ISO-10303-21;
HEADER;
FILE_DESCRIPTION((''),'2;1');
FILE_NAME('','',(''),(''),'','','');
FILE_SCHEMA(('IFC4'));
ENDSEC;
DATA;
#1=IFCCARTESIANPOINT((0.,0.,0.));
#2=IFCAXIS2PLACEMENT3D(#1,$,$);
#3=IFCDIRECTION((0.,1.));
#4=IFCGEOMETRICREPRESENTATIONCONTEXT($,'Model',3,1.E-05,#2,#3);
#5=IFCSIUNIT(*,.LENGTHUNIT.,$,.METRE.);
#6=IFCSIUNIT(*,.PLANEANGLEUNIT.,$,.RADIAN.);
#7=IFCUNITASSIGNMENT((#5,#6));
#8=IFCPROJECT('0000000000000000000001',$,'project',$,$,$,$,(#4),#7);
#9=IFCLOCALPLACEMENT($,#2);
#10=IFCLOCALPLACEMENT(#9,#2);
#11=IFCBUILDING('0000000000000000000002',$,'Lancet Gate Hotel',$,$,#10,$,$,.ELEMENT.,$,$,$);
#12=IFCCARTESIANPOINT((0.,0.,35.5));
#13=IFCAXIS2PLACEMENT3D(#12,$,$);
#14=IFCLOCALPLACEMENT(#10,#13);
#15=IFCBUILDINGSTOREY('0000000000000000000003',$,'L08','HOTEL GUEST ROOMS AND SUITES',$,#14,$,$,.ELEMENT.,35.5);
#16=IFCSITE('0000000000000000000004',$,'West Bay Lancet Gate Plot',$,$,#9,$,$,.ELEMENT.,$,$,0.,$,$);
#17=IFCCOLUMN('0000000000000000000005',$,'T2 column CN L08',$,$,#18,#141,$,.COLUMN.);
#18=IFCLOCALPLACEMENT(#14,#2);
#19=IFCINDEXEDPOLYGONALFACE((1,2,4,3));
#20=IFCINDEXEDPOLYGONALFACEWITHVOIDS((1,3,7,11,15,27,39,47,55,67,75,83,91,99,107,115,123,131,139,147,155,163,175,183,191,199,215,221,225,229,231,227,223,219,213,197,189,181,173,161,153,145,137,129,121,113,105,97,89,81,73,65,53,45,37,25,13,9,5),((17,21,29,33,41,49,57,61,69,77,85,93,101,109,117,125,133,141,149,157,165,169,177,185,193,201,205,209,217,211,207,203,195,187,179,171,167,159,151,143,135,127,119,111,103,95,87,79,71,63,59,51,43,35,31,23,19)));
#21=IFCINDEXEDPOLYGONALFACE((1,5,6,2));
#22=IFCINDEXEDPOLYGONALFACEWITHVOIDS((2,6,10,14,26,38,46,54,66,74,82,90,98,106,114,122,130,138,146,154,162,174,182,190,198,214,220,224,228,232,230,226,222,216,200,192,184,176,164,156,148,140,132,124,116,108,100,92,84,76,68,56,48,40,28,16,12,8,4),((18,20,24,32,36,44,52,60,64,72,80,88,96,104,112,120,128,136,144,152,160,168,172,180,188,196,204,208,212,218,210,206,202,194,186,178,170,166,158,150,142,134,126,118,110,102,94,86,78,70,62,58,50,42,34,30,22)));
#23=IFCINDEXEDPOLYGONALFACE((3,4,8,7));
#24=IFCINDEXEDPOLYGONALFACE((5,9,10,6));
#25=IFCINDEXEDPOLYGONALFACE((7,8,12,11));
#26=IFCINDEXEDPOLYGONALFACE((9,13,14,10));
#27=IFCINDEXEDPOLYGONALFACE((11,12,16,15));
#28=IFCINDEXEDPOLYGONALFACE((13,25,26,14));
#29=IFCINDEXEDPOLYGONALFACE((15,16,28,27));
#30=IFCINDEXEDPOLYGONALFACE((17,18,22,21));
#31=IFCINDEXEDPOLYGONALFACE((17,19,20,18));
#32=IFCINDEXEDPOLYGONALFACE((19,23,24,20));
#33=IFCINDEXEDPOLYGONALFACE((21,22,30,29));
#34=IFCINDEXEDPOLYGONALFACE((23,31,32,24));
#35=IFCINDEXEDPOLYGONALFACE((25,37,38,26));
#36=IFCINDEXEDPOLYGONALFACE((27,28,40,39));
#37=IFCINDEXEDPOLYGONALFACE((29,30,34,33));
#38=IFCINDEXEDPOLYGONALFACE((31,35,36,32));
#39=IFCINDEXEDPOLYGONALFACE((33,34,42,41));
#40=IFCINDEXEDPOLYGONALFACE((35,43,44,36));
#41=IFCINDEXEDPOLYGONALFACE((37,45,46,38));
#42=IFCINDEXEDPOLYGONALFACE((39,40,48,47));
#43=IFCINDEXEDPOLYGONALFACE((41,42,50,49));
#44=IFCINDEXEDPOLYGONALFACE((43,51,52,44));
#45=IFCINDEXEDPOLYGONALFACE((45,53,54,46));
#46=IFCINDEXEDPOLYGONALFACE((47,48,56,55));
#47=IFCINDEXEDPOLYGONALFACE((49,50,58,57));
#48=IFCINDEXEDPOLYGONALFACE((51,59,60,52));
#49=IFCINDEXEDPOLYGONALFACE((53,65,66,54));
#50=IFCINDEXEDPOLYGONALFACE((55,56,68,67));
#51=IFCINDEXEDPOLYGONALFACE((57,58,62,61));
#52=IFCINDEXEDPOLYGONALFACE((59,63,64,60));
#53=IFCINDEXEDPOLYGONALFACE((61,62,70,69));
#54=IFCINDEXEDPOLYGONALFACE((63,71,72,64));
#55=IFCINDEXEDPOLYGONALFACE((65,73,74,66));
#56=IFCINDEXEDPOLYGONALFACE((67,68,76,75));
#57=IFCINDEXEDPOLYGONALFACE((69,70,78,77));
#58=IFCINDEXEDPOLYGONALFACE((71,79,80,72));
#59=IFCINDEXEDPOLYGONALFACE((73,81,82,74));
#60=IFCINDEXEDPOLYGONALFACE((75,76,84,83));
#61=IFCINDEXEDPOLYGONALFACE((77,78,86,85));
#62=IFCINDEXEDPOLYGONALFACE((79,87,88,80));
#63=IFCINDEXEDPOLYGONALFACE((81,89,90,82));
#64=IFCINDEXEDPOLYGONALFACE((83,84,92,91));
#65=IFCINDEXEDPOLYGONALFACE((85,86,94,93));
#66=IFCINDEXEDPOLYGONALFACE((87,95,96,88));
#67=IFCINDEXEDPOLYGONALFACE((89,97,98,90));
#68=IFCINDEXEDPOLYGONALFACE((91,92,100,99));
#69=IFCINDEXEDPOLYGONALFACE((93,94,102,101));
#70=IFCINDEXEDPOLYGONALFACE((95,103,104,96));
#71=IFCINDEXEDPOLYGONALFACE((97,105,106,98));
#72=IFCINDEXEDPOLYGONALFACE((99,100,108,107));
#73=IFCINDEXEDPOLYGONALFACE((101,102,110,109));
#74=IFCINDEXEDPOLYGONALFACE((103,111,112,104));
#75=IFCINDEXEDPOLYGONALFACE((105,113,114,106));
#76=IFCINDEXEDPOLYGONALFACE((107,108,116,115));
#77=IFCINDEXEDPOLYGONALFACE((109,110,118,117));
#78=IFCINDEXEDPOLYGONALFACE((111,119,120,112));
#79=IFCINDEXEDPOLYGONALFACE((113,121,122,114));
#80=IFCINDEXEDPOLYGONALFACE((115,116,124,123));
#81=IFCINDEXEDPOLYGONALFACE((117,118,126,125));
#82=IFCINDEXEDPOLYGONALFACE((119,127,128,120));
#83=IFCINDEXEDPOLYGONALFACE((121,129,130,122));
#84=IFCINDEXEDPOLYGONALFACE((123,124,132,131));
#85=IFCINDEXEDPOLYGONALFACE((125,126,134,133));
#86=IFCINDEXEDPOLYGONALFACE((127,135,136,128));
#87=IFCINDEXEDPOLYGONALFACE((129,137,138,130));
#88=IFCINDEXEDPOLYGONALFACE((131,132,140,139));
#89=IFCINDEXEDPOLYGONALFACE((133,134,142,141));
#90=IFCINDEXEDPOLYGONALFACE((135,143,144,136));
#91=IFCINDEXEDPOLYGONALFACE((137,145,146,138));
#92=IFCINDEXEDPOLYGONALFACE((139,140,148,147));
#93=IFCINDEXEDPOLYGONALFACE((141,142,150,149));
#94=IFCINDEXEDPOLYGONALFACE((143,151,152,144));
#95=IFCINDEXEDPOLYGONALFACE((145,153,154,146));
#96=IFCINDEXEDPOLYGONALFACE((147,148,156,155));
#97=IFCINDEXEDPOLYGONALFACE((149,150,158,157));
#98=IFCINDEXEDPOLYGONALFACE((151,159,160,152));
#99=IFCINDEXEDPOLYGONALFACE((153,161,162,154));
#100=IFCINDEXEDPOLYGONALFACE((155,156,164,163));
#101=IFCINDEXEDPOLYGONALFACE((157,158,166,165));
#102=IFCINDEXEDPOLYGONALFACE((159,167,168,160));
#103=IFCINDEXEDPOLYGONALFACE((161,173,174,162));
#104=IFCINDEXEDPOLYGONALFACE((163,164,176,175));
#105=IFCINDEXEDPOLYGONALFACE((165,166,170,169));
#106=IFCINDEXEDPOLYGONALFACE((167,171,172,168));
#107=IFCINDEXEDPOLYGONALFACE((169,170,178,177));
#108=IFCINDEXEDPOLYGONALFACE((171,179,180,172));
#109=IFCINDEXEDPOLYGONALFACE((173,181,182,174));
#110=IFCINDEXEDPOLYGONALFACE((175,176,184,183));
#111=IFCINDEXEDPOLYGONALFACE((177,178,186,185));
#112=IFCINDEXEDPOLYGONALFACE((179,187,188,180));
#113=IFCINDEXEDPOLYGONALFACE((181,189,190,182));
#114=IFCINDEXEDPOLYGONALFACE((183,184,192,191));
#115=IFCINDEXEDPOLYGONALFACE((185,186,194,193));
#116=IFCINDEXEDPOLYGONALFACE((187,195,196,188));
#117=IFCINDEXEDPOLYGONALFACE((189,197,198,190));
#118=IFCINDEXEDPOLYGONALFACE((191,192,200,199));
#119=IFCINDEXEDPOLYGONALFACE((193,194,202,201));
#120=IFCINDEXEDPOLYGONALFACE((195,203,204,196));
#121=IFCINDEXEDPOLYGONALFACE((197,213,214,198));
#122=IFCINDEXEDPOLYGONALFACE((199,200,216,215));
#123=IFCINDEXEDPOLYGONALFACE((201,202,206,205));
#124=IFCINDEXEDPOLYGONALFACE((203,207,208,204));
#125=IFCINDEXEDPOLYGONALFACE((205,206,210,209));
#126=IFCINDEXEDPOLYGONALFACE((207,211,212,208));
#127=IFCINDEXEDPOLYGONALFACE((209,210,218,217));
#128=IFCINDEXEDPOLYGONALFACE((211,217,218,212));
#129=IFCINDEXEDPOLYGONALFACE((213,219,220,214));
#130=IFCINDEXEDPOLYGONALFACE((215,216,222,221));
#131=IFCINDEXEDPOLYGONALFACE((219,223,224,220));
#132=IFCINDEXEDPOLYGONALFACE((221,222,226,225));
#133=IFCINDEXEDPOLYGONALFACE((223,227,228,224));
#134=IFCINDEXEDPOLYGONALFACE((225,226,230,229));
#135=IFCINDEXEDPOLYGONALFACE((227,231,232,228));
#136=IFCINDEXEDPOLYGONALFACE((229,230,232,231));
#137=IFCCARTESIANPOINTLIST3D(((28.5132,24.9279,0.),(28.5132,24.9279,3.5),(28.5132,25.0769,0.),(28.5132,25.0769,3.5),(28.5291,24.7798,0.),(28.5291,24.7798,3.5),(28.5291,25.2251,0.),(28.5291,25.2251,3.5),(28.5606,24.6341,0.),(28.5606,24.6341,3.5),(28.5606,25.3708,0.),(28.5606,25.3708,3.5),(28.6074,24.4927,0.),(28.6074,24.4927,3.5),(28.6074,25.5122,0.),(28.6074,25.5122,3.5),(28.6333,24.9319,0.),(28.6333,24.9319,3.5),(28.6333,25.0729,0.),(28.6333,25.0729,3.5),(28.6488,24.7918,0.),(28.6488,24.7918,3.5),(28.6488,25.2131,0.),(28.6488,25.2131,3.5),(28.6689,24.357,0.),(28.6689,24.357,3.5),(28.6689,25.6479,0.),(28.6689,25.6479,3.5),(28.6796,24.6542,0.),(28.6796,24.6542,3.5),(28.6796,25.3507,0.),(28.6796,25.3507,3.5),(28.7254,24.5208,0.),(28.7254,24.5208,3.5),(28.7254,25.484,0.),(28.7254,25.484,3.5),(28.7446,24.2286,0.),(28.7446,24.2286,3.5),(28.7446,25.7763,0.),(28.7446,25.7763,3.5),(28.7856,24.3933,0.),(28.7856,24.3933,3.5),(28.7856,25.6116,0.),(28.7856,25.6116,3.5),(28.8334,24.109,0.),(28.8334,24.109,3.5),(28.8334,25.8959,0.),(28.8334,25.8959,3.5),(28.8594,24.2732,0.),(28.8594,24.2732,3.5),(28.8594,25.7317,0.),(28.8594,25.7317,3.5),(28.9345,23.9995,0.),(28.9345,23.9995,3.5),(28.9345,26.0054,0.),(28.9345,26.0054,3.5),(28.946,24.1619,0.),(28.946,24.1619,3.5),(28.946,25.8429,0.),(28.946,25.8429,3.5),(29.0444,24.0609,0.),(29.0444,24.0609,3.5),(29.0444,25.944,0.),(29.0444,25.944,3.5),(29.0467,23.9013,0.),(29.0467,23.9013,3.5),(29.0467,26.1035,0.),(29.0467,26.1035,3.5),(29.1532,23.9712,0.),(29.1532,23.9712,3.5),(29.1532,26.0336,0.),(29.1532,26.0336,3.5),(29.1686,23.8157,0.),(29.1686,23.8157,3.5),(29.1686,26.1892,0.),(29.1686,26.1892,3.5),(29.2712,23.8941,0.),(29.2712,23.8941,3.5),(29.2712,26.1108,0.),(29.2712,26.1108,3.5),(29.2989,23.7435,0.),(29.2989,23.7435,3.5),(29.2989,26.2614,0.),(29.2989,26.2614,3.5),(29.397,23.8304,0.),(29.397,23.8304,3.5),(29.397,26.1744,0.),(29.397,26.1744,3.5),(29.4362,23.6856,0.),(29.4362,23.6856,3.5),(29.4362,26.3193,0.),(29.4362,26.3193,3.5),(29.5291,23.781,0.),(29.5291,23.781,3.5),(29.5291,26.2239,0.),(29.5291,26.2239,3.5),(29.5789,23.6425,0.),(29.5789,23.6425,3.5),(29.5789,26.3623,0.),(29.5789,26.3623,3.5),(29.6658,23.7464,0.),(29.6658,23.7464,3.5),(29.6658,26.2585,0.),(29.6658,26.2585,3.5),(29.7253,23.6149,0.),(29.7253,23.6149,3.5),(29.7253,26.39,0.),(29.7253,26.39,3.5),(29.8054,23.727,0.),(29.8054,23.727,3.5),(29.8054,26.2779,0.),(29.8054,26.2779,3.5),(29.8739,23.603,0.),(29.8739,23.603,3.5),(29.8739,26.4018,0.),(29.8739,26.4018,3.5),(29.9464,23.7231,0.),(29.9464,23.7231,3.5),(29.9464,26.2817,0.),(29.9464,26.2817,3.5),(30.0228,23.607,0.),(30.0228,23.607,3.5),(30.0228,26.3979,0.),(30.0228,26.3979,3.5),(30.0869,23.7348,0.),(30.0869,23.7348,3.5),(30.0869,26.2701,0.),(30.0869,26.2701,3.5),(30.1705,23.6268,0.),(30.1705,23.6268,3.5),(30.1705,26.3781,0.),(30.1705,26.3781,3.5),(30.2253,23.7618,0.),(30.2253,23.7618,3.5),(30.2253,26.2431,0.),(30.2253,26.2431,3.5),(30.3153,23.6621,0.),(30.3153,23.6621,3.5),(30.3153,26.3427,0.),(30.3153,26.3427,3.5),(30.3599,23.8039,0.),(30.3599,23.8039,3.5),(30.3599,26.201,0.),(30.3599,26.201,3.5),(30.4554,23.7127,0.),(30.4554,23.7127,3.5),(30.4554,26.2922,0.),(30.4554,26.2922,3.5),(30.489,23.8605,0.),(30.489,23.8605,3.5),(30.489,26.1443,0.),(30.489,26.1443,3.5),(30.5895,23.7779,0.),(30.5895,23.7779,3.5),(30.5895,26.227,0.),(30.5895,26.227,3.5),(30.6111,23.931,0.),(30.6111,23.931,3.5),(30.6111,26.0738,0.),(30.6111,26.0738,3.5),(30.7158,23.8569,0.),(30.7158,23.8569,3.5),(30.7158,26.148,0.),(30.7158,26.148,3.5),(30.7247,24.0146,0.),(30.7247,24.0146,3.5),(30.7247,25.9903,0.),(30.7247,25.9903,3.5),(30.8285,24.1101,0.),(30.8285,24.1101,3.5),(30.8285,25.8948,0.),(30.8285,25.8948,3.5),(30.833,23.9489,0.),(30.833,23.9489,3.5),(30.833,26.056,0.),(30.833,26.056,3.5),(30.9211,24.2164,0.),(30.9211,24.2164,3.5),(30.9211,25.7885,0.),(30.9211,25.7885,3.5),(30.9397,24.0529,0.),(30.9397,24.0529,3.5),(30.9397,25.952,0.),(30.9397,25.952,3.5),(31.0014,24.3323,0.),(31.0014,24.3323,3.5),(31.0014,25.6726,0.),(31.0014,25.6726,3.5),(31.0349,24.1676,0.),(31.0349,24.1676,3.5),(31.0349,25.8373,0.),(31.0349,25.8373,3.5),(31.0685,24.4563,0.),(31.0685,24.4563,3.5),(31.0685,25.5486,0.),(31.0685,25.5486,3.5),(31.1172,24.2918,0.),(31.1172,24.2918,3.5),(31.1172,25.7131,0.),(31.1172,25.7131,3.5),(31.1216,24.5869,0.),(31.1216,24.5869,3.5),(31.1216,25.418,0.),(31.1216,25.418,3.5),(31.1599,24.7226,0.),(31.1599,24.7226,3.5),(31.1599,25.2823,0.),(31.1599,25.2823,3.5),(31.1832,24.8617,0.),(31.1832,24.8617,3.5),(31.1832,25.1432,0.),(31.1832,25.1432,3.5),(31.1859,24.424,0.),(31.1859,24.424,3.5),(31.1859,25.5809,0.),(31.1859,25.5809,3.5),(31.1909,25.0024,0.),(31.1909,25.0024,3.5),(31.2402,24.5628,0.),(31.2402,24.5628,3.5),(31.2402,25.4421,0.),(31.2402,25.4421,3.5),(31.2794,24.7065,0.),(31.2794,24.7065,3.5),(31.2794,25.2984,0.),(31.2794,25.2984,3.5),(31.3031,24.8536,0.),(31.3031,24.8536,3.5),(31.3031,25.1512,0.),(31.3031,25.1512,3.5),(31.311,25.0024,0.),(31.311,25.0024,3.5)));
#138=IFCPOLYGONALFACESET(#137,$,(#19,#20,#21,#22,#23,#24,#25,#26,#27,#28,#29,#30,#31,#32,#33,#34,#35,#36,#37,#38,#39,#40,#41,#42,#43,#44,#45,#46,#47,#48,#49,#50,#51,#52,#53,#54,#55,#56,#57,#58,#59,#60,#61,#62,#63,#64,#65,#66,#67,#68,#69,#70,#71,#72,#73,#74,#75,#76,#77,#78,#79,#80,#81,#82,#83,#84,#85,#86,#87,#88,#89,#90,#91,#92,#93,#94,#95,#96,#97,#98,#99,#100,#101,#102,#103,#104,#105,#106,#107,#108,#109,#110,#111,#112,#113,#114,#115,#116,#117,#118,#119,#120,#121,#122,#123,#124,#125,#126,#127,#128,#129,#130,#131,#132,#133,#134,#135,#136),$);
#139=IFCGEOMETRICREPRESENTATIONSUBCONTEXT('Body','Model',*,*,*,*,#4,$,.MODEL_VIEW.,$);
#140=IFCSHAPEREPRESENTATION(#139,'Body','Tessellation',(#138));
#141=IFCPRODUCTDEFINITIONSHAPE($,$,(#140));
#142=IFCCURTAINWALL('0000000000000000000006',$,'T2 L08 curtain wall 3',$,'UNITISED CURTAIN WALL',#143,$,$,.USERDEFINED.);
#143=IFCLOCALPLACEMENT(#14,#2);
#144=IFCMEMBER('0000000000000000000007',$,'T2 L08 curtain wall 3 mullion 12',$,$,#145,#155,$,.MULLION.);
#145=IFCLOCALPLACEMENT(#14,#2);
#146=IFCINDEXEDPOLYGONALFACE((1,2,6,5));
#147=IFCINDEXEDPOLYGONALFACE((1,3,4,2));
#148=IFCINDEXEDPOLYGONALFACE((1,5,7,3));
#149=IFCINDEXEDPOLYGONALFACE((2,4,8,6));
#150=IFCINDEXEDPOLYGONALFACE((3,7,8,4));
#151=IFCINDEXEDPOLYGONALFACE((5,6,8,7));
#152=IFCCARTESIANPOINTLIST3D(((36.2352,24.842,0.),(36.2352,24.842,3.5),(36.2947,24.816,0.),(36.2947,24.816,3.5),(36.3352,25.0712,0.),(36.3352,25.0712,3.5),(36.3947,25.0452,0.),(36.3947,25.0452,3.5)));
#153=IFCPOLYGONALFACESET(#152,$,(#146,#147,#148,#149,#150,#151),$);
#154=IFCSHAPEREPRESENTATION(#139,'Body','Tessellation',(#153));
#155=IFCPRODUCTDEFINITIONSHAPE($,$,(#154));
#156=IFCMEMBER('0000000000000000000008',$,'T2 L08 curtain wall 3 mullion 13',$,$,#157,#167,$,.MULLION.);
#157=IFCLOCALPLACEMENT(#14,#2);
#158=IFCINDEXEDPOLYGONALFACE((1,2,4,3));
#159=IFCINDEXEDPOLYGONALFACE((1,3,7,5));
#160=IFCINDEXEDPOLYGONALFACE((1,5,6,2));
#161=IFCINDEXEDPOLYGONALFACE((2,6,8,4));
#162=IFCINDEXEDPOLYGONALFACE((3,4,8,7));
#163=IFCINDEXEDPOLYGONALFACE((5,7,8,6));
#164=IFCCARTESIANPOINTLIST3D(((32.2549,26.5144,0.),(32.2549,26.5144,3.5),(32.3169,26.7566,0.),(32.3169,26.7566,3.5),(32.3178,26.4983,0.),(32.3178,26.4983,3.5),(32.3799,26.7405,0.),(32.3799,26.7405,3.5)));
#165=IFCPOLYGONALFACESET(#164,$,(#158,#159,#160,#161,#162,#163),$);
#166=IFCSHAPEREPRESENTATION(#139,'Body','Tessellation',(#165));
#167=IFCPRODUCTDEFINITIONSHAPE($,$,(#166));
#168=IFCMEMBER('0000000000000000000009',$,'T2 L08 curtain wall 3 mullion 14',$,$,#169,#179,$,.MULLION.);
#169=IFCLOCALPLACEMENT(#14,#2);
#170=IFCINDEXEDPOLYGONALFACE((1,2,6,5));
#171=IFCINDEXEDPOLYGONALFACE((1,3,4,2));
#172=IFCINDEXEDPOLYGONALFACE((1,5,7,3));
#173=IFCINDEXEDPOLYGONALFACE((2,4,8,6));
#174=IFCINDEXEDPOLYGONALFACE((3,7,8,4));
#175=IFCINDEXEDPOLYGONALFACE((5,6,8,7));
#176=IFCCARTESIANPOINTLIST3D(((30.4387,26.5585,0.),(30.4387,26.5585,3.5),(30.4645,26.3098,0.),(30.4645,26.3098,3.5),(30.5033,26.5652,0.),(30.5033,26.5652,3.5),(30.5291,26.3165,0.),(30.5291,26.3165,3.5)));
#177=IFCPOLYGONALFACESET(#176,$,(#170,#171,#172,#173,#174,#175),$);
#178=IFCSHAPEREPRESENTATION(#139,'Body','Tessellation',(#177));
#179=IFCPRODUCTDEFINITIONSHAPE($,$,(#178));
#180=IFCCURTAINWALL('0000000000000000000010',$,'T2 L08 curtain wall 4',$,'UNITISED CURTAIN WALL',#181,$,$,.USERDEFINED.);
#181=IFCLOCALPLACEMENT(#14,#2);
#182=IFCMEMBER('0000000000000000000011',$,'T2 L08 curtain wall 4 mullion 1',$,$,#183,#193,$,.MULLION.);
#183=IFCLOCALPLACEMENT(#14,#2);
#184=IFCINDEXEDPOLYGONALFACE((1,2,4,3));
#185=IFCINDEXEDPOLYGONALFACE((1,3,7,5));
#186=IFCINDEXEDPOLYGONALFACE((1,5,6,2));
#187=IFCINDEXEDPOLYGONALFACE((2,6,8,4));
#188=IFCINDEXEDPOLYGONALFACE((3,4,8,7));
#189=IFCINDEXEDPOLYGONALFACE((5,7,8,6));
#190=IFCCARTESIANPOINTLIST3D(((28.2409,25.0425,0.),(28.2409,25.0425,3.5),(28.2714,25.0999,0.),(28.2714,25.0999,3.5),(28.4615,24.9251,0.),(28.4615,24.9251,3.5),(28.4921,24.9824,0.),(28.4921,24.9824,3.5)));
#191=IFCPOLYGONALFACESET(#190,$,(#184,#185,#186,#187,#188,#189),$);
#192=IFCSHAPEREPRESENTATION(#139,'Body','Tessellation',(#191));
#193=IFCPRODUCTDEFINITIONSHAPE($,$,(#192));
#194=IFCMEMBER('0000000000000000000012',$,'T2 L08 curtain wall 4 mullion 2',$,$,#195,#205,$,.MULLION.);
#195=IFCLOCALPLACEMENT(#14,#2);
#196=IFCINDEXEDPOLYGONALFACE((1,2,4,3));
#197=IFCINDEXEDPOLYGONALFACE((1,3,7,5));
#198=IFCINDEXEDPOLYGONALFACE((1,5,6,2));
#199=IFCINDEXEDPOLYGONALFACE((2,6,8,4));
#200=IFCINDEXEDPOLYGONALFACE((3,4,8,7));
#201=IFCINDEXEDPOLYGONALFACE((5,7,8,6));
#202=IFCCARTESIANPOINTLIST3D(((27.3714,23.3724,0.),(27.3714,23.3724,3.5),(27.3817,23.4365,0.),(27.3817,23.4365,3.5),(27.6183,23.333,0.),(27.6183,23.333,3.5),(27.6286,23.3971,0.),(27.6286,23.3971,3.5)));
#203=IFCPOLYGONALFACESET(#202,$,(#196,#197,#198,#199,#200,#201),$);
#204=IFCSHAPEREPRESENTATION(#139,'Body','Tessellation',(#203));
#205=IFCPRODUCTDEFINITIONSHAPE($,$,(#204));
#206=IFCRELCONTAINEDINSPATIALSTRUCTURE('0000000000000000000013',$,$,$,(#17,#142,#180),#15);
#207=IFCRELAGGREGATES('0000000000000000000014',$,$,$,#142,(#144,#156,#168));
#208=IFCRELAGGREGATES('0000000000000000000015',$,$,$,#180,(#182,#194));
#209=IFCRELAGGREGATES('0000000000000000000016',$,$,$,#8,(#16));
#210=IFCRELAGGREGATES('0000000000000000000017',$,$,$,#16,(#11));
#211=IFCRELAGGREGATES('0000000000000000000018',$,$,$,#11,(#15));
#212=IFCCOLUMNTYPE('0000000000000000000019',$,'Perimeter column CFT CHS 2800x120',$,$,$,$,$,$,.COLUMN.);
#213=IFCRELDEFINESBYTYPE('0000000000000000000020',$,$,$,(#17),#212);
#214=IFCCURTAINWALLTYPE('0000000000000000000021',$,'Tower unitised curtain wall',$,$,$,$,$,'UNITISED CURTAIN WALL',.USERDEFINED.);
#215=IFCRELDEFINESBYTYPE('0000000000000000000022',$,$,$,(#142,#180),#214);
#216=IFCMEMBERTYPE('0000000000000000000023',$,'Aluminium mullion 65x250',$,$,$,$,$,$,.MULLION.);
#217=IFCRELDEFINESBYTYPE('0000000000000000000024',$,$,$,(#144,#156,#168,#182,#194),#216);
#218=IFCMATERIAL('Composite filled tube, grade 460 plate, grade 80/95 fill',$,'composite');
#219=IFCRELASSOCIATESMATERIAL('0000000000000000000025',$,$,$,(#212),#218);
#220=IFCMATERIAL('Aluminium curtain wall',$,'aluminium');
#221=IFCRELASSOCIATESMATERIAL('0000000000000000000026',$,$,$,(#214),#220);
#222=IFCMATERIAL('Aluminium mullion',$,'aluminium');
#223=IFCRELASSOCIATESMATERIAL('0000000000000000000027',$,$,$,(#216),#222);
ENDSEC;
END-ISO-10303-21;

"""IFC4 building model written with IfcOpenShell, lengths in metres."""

from ifc_helpers import new_model, si_unit, direction, frame, origin, origin_2d, place, context, subcontext, project, spatial, rectangle, hollow_circle, extrude, material, material_profile, profile_set, type_object, element, aggregate, save


model = new_model("IFC4")

# Units and contexts
model_context = context("Model", 3, precision=1e-05, world=origin(), true_north=direction((0.0, 1.0)))
body_context = subcontext(model_context, "Body", "Model", "MODEL_VIEW")
ifc_project = project(units=[si_unit("LENGTHUNIT", "METRE"), si_unit("PLANEANGLEUNIT", "RADIAN")], contexts=[model_context])

# Site, building, storey
site_placement = place(None, origin())
site = spatial("IfcSite", under=ifc_project, at=site_placement, Name="West Bay Lancet Gate Plot", CompositionType="ELEMENT", RefElevation=0.0)
building_placement = place(site_placement, origin())
building = spatial("IfcBuilding", under=site, at=building_placement, Name="Lancet Gate Hotel", CompositionType="ELEMENT")
storey_placement = place(building_placement, frame((0.0, 0.0, 35.5)))
storey = spatial("IfcBuildingStorey", under=building, at=storey_placement, Name="L08", Description="HOTEL GUEST ROOMS AND SUITES", CompositionType="ELEMENT", Elevation=35.5)

# Column
ifc_material_1 = material(Name="Composite filled tube, grade 460 plate, grade 80/95 fill", Category="composite")
ifc_material_profile_1 = material_profile(ifc_material_1, hollow_circle(Radius=1.3999, WallThickness=0.1201, at=origin_2d()), Name="CHS 2800x120")
ifc_profile_set_1 = profile_set([ifc_material_profile_1], Name="Composite filled tube, grade 460 plate, grade 80/95 fill")
column_type = type_object("IfcColumnType", Name="Perimeter column CFT CHS 2800x120", PredefinedType="COLUMN", material=ifc_profile_set_1)
column_placement = place(storey_placement, frame((29.9111, 25.0024, 0.0), z_axis=(0.0, 0.0, 1.0), x_axis=(1.0, 0.0, 0.0)))
element("IfcColumn", 1, at=column_placement, inside=storey, type_object=column_type, Name="T2 column CN L08", PredefinedType="COLUMN", context=body_context, shape_type="SweptSolid", body=[
    extrude(hollow_circle(Radius=1.3999, WallThickness=0.1201, at=origin_2d()), origin(), (0.0, 0.0, 1.0), 3.5),
])

# Curtain walls, members
ifc_material_2 = material(Name="Aluminium curtain wall", Category="aluminium")
curtain_wall_type = type_object("IfcCurtainWallType", Name="Tower unitised curtain wall", ElementType="UNITISED CURTAIN WALL", PredefinedType="USERDEFINED", material=ifc_material_2)
curtain_wall_1_placement = place(storey_placement, origin())
curtain_wall_1 = element("IfcCurtainWall", 2, at=curtain_wall_1_placement, inside=storey, type_object=curtain_wall_type, Name="T2 L08 curtain wall 3", ObjectType="UNITISED CURTAIN WALL", PredefinedType="USERDEFINED")
ifc_material_3 = material(Name="Aluminium mullion", Category="aluminium")
ifc_material_profile_2 = material_profile(ifc_material_3, rectangle(XDim=0.0649, YDim=0.25, at=origin_2d()), Name="MULLION 65x250")
ifc_profile_set_2 = profile_set([ifc_material_profile_2], Name="Aluminium mullion")
member_type_1 = type_object("IfcMemberType", Name="Aluminium mullion 65x250", PredefinedType="MULLION", material=ifc_profile_set_2)
member_1_placement = place(storey_placement, frame((36.3149, 24.9436, 0.0), z_axis=(0.0, 0.0, 1.0), x_axis=(-0.916579, 0.399854, 0.0)))
member_1 = element("IfcMember", 3, at=member_1_placement, type_object=member_type_1, Name="T2 L08 curtain wall 3 mullion 12", PredefinedType="MULLION", context=body_context, shape_type="SweptSolid", body=[
    extrude(rectangle(XDim=0.0649, YDim=0.25, at=origin_2d()), origin(), (0.0, 0.0, 1.0), 3.5),
])
member_2_placement = place(storey_placement, frame((32.3174, 26.6274, 0.0), z_axis=(0.0, 0.0, 1.0), x_axis=(-0.968721, 0.24815, 0.0)))
member_2 = element("IfcMember", 4, at=member_2_placement, type_object=member_type_1, Name="T2 L08 curtain wall 3 mullion 13", PredefinedType="MULLION", context=body_context, shape_type="SweptSolid", body=[
    extrude(rectangle(XDim=0.0649, YDim=0.25, at=origin_2d()), origin(), (0.0, 0.0, 1.0), 3.5),
])
member_3_placement = place(storey_placement, frame((30.4839, 26.4375, 0.0), z_axis=(0.0, 0.0, 1.0), x_axis=(-0.994672, -0.103088, 0.0)))
member_3 = element("IfcMember", 5, at=member_3_placement, type_object=member_type_1, Name="T2 L08 curtain wall 3 mullion 14", PredefinedType="MULLION", context=body_context, shape_type="SweptSolid", body=[
    extrude(rectangle(XDim=0.0649, YDim=0.25, at=origin_2d()), origin(), (0.0, 0.0, 1.0), 3.5),
])
curtain_wall_2_placement = place(storey_placement, origin())
curtain_wall_2 = element("IfcCurtainWall", 6, at=curtain_wall_2_placement, inside=storey, type_object=curtain_wall_type, Name="T2 L08 curtain wall 4", ObjectType="UNITISED CURTAIN WALL", PredefinedType="USERDEFINED")
member_4_placement = place(storey_placement, frame((28.3665, 25.0125, 0.0), z_axis=(0.0, 0.0, 1.0), x_axis=(-0.469898, -0.882721, 0.0)))
member_4 = element("IfcMember", 7, at=member_4_placement, type_object=member_type_1, Name="T2 L08 curtain wall 4 mullion 1", PredefinedType="MULLION", context=body_context, shape_type="SweptSolid", body=[
    extrude(rectangle(XDim=0.0649, YDim=0.25, at=origin_2d()), origin(), (0.0, 0.0, 1.0), 3.5),
])
member_5_placement = place(storey_placement, frame((27.5, 23.3848, 0.0), z_axis=(0.0, 0.0, 1.0), x_axis=(-0.157752, -0.987479, 0.0)))
member_5 = element("IfcMember", 8, at=member_5_placement, type_object=member_type_1, Name="T2 L08 curtain wall 4 mullion 2", PredefinedType="MULLION", context=body_context, shape_type="SweptSolid", body=[
    extrude(rectangle(XDim=0.0649, YDim=0.25, at=origin_2d()), origin(), (0.0, 0.0, 1.0), 3.5),
])

aggregate(curtain_wall_1, [member_1, member_2, member_3])
aggregate(curtain_wall_2, [member_4, member_5])

save(model, "model.ifc")
